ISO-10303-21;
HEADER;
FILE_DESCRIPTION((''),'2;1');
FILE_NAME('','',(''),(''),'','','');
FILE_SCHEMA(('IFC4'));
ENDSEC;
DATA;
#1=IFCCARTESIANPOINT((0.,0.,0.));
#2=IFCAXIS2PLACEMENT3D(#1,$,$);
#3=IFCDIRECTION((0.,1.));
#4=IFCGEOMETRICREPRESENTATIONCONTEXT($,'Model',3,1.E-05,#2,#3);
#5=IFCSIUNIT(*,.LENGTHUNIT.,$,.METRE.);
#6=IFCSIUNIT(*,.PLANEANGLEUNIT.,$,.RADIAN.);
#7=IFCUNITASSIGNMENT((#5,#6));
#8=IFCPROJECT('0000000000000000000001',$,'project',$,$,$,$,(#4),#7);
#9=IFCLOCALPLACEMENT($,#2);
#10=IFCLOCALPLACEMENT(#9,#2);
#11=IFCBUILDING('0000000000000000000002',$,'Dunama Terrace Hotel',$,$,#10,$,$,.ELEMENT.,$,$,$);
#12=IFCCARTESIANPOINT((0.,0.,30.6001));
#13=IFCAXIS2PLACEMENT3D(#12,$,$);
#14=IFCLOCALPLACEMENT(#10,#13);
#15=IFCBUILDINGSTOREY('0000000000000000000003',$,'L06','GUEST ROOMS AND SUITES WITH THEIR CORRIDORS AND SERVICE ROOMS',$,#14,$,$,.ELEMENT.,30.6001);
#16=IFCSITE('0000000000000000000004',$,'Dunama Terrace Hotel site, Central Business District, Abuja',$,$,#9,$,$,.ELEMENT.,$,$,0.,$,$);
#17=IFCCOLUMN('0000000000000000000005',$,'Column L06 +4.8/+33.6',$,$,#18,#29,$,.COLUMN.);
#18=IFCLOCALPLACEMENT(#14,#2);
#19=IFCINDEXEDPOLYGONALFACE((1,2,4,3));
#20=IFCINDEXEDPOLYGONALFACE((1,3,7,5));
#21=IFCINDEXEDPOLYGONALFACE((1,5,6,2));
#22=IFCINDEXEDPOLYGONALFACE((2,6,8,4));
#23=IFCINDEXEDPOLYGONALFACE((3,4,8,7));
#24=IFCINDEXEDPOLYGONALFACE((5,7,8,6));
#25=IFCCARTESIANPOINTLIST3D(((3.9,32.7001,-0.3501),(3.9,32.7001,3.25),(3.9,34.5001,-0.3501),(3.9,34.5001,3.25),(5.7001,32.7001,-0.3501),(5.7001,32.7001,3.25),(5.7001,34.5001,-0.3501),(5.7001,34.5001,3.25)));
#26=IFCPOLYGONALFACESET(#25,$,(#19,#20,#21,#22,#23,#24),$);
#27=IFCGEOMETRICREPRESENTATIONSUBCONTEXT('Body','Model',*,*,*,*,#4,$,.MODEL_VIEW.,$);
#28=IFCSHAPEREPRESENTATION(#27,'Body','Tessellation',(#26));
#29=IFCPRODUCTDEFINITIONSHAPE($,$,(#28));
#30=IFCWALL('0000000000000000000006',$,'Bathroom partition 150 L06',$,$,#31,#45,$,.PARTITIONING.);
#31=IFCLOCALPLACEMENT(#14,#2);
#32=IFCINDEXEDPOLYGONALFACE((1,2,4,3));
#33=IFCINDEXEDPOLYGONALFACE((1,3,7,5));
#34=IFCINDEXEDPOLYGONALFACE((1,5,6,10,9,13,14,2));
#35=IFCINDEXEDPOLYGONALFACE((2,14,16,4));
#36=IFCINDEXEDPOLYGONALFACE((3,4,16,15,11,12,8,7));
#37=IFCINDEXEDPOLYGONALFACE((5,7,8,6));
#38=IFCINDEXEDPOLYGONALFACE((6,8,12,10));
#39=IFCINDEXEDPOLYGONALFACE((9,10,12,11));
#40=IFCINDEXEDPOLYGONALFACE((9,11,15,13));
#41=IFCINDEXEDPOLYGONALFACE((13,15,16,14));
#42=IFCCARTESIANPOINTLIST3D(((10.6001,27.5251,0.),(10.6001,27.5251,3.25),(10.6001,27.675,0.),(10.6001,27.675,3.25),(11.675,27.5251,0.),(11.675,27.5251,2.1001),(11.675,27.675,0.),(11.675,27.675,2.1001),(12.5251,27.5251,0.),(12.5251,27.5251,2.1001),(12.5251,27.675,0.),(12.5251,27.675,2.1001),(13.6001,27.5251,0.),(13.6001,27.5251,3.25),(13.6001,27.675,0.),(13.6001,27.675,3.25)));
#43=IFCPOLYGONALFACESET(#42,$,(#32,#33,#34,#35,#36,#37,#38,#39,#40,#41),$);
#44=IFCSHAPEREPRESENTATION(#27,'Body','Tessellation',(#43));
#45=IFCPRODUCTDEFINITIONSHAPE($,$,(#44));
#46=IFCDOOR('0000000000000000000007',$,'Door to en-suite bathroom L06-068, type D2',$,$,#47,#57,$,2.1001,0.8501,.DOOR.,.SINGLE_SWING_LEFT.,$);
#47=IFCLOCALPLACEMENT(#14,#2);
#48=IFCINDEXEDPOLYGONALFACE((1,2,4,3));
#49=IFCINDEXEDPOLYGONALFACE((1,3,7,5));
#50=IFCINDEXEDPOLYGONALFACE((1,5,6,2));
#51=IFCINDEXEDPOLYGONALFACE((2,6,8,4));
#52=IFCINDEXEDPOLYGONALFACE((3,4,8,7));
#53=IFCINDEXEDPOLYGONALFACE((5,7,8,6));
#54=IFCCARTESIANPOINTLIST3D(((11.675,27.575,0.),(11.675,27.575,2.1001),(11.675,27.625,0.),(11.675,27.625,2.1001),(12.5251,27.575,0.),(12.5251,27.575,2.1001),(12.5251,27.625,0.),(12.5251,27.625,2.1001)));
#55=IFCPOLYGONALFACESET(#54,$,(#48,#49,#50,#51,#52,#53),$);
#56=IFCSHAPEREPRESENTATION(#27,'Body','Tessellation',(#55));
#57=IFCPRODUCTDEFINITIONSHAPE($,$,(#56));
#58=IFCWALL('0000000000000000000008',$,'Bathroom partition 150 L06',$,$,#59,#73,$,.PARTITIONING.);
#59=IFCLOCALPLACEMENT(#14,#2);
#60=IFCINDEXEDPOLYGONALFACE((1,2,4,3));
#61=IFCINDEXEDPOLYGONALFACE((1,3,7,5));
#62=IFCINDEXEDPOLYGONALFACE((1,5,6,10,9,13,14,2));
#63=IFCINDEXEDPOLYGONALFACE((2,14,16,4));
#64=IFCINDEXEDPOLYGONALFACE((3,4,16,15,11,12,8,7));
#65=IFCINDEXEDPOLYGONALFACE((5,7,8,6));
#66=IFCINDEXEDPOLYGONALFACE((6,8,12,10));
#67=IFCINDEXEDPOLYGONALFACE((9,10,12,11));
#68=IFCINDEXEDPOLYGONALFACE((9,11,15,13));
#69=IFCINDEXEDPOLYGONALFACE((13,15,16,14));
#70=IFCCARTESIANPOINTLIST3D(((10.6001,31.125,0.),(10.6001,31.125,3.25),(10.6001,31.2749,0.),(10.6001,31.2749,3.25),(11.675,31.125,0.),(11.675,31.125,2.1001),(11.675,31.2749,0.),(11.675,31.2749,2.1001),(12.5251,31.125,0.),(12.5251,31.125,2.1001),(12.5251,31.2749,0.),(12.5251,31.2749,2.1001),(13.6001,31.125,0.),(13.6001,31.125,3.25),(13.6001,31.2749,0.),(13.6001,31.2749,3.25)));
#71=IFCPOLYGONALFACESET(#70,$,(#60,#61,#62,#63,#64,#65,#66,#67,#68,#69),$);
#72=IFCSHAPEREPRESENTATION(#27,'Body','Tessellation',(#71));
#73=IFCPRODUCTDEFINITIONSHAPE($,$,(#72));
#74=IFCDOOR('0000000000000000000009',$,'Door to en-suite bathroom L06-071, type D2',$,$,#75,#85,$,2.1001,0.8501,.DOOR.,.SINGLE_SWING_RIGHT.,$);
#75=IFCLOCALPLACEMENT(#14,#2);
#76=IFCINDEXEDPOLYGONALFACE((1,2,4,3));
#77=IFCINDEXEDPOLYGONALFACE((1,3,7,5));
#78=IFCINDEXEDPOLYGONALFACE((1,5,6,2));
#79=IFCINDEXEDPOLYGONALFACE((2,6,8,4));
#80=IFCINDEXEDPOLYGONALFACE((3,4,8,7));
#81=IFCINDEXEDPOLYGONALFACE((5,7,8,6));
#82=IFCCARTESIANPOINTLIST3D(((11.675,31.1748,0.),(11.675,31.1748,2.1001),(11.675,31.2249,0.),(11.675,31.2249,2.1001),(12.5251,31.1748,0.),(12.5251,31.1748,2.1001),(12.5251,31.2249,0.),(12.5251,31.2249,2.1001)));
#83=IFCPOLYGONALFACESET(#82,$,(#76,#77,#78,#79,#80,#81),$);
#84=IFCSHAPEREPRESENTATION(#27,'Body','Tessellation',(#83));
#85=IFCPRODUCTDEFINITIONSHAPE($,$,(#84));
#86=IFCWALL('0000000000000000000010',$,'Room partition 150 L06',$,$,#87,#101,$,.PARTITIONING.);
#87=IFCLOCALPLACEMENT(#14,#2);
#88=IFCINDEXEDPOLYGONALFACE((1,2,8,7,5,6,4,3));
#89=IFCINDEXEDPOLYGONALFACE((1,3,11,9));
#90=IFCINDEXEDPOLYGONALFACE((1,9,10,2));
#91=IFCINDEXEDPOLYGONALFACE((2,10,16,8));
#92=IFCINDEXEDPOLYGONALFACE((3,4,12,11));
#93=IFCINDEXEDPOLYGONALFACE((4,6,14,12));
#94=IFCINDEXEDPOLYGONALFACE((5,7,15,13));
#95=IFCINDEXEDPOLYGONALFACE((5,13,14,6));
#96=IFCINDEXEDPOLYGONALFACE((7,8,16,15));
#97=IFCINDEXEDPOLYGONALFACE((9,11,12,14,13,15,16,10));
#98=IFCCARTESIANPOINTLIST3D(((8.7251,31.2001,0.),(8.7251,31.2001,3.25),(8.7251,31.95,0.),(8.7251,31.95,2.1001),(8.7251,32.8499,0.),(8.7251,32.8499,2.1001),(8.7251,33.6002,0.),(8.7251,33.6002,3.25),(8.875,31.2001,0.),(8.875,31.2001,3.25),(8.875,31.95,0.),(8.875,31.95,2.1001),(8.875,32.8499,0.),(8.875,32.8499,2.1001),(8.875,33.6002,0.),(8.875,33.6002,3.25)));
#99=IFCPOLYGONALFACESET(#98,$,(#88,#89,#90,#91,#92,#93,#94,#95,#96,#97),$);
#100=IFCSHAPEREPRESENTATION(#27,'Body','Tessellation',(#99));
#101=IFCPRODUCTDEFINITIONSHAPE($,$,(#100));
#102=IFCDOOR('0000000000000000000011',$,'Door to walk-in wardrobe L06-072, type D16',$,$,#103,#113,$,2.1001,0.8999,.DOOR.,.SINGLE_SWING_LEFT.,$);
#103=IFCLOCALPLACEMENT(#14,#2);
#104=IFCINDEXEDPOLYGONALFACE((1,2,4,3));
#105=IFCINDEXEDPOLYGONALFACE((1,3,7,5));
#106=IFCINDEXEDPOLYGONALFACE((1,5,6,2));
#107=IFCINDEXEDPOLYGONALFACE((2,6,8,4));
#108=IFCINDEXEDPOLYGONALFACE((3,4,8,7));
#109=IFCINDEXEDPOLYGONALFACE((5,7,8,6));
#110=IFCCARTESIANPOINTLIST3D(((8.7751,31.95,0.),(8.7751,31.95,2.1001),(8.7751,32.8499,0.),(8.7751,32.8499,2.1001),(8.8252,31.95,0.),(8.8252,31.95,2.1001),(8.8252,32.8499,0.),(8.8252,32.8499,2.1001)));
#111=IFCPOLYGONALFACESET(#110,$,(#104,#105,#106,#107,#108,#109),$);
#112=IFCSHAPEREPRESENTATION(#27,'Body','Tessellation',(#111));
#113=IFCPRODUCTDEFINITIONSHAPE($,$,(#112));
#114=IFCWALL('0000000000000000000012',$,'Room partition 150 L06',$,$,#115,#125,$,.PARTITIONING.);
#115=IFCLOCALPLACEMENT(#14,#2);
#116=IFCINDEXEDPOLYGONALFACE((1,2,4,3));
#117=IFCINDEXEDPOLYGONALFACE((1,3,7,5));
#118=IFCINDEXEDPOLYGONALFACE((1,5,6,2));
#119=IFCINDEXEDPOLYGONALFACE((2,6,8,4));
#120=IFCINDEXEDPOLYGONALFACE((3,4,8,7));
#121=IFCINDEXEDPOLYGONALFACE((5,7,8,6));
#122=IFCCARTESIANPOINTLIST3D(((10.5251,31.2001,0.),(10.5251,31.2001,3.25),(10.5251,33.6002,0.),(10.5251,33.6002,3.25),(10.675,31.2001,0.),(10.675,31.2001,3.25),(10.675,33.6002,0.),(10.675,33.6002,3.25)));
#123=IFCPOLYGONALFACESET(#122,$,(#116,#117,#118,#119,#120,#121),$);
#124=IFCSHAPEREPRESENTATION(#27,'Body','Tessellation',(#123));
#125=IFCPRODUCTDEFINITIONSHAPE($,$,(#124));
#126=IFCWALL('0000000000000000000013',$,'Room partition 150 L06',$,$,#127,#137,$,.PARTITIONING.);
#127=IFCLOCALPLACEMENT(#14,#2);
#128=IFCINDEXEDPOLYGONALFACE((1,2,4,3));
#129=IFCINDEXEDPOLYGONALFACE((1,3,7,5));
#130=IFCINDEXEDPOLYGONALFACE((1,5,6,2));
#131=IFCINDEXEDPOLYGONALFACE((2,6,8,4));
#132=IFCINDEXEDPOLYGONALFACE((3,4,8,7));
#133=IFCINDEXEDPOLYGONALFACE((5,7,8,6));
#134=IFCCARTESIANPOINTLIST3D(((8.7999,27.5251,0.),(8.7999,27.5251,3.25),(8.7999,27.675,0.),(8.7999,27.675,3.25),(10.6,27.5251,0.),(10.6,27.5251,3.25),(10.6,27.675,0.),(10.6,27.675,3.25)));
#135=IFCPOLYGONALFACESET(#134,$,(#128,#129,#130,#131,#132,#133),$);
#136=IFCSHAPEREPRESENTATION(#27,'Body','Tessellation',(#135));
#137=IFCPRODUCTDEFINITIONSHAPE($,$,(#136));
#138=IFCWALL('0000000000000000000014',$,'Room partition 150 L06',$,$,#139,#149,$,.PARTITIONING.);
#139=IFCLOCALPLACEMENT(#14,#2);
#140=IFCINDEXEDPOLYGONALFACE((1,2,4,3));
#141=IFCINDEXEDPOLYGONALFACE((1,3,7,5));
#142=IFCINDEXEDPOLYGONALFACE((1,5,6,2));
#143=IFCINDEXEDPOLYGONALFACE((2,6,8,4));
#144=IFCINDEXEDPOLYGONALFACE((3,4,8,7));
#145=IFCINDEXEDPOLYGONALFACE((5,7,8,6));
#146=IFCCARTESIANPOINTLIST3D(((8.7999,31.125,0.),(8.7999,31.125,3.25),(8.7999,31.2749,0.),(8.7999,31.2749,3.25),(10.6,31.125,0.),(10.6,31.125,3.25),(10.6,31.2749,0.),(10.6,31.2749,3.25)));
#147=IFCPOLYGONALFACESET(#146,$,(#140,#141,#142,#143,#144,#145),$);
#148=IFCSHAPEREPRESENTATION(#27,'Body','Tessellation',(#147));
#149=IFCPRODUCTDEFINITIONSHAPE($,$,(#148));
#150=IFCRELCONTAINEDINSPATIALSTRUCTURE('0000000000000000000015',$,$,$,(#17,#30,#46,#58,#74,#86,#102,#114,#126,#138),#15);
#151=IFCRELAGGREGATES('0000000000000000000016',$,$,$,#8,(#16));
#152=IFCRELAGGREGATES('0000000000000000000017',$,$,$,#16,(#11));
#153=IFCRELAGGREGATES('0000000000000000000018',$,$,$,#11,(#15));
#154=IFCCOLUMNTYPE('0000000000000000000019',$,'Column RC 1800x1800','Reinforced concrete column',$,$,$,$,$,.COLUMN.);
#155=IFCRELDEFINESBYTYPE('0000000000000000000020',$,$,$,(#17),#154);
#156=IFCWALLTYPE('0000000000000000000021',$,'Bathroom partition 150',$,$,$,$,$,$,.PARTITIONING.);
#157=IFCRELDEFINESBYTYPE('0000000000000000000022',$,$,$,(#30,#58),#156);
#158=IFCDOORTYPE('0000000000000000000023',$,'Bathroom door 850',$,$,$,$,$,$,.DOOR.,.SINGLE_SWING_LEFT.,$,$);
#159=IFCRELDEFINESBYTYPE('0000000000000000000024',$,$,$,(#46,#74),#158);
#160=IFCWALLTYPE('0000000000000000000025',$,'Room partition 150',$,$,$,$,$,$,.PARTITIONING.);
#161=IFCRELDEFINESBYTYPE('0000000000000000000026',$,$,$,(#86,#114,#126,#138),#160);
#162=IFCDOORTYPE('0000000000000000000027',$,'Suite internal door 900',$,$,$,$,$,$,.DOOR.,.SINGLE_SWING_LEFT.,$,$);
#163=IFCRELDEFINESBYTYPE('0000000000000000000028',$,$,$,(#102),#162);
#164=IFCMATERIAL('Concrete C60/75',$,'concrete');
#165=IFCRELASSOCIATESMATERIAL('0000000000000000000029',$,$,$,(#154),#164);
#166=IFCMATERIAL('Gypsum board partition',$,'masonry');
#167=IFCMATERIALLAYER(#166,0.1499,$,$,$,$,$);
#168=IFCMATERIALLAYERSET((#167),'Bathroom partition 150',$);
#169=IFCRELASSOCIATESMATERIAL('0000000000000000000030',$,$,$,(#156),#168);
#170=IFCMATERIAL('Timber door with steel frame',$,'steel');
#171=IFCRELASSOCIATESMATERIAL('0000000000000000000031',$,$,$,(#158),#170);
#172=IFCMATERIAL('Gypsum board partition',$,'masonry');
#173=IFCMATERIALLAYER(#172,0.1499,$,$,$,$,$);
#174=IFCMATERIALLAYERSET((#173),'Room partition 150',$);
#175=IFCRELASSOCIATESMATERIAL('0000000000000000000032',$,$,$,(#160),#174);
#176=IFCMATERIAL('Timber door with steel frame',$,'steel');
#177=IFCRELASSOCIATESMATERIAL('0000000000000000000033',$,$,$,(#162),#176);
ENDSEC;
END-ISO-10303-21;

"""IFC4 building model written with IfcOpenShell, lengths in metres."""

from ifc_helpers import new_model, si_unit, direction, frame, frame_2d, origin, origin_2d, place, context, subcontext, project, spatial, rectangle, extrude, material, layer, layer_set, material_profile, profile_set, type_object, element, fill, save


model = new_model("IFC4")

# Units and contexts
model_context = context("Model", 3, precision=1e-05, world=origin(), true_north=direction((0.0, 1.0)))
body_context = subcontext(model_context, "Body", "Model", "MODEL_VIEW")
ifc_project = project(units=[si_unit("LENGTHUNIT", "METRE"), si_unit("PLANEANGLEUNIT", "RADIAN")], contexts=[model_context])

# Site, building, storey
site_placement = place(None, origin())
site = spatial("IfcSite", under=ifc_project, at=site_placement, Name="Dunama Terrace Hotel site, Central Business District, Abuja", CompositionType="ELEMENT", RefElevation=0.0)
building_placement = place(site_placement, origin())
building = spatial("IfcBuilding", under=site, at=building_placement, Name="Dunama Terrace Hotel", CompositionType="ELEMENT")
storey_placement = place(building_placement, frame((0.0, 0.0, 30.6001)))
storey = spatial("IfcBuildingStorey", under=building, at=storey_placement, Name="L06", Description="GUEST ROOMS AND SUITES WITH THEIR CORRIDORS AND SERVICE ROOMS", CompositionType="ELEMENT", Elevation=30.6001)

# Column
ifc_material_1 = material(Name="Concrete C60/75", Category="concrete")
ifc_material_profile = material_profile(ifc_material_1, rectangle(XDim=1.8, YDim=1.8, at=origin_2d()), Name="RC 1800x1800")
ifc_profile_set = profile_set([ifc_material_profile], Name="Concrete C60/75")
column_type = type_object("IfcColumnType", Name="Column RC 1800x1800", Description="Reinforced concrete column", PredefinedType="COLUMN", material=ifc_profile_set)
column_placement = place(storey_placement, frame((4.8, 33.6001, -0.3501), z_axis=(0.0, 0.0, 1.0), x_axis=(1.0, 0.0, 0.0)))
element("IfcColumn", 1, at=column_placement, inside=storey, type_object=column_type, Name="Column L06 +4.8/+33.6", PredefinedType="COLUMN", context=body_context, shape_type="SweptSolid", body=[
    extrude(rectangle(XDim=1.8, YDim=1.8, at=origin_2d()), origin(), (0.0, 0.0, 1.0), 3.6001),
])

# Walls, openings, doors
ifc_material_2 = material(Name="Gypsum board partition", Category="masonry")
ifc_layer_1 = layer(ifc_material_2, 0.1499)
ifc_layer_set_1 = layer_set([ifc_layer_1], Name="Bathroom partition 150")
wall_type_1 = type_object("IfcWallType", Name="Bathroom partition 150", PredefinedType="PARTITIONING", material=ifc_layer_set_1)
wall_1_placement = place(storey_placement, frame((10.6001, 27.6001, 0.0), z_axis=(0.0, 0.0, 1.0), x_axis=(1.0, 0.0, 0.0)))
wall_1 = element("IfcWall", 2, at=wall_1_placement, inside=storey, type_object=wall_type_1, Name="Bathroom partition 150 L06", PredefinedType="PARTITIONING", context=body_context, shape_type="SweptSolid", body=[
    extrude(rectangle(XDim=3.0, YDim=0.1499, at=frame_2d((1.5, 0.0))), origin(), (0.0, 0.0, 1.0), 3.25),
])
opening_1_placement = place(wall_1_placement, frame((1.075, 0.0, 0.0)))
opening_1 = element("IfcOpeningElement", 3, at=opening_1_placement, cuts=wall_1, PredefinedType="OPENING", context=body_context, shape_type="SweptSolid", body=[
    extrude(rectangle(XDim=0.8501, YDim=2.1001, at=frame_2d((0.425, 1.05))), frame((0.0, 0.085, 0.0), z_axis=(0.0, -1.0, 0.0), x_axis=(1.0, 0.0, 0.0)), (0.0, 0.0, 1.0), 0.1699),
])
ifc_material_3 = material(Name="Timber door with steel frame", Category="steel")
door_type_1 = type_object("IfcDoorType", Name="Bathroom door 850", OperationType="SINGLE_SWING_LEFT", PredefinedType="DOOR", material=ifc_material_3)
door_1_placement = place(opening_1_placement, frame((0.8501, 0.0, 0.0), z_axis=(0.0, 0.0, 1.0), x_axis=(-1.0, 0.0, 0.0)))
door_1 = element("IfcDoor", 4, at=door_1_placement, inside=storey, type_object=door_type_1, Name="Door to en-suite bathroom L06-068, type D2", OperationType="SINGLE_SWING_LEFT", OverallHeight=2.1001, OverallWidth=0.8501, PredefinedType="DOOR", context=body_context, shape_type="SweptSolid", body=[
    extrude(rectangle(XDim=0.8501, YDim=2.1001, at=frame_2d((0.425, 1.05))), frame((0.0, 0.0251, 0.0), z_axis=(0.0, -1.0, 0.0), x_axis=(1.0, 0.0, 0.0)), (0.0, 0.0, 1.0), 0.05),
])
fill(opening_1, door_1)
wall_2_placement = place(storey_placement, frame((10.6001, 31.2, 0.0), z_axis=(0.0, 0.0, 1.0), x_axis=(1.0, 0.0, 0.0)))
wall_2 = element("IfcWall", 5, at=wall_2_placement, inside=storey, type_object=wall_type_1, Name="Bathroom partition 150 L06", PredefinedType="PARTITIONING", context=body_context, shape_type="SweptSolid", body=[
    extrude(rectangle(XDim=3.0, YDim=0.1499, at=frame_2d((1.5, 0.0))), origin(), (0.0, 0.0, 1.0), 3.25),
])
opening_2_placement = place(wall_2_placement, frame((1.075, 0.0, 0.0)))
opening_2 = element("IfcOpeningElement", 6, at=opening_2_placement, cuts=wall_2, PredefinedType="OPENING", context=body_context, shape_type="SweptSolid", body=[
    extrude(rectangle(XDim=0.8501, YDim=2.1001, at=frame_2d((0.425, 1.05))), frame((0.0, 0.085, 0.0), z_axis=(0.0, -1.0, 0.0), x_axis=(1.0, 0.0, 0.0)), (0.0, 0.0, 1.0), 0.1699),
])
door_2_placement = place(opening_2_placement, origin())
door_2 = element("IfcDoor", 7, at=door_2_placement, inside=storey, type_object=door_type_1, Name="Door to en-suite bathroom L06-071, type D2", OperationType="SINGLE_SWING_RIGHT", OverallHeight=2.1001, OverallWidth=0.8501, PredefinedType="DOOR", context=body_context, shape_type="SweptSolid", body=[
    extrude(rectangle(XDim=0.8501, YDim=2.1001, at=frame_2d((0.425, 1.05))), frame((0.0, 0.0249, 0.0), z_axis=(0.0, -1.0, 0.0), x_axis=(1.0, 0.0, 0.0)), (0.0, 0.0, 1.0), 0.05),
])
fill(opening_2, door_2)
ifc_material_4 = material(Name="Gypsum board partition", Category="masonry")
ifc_layer_2 = layer(ifc_material_4, 0.1499)
ifc_layer_set_2 = layer_set([ifc_layer_2], Name="Room partition 150")
wall_type_2 = type_object("IfcWallType", Name="Room partition 150", PredefinedType="PARTITIONING", material=ifc_layer_set_2)
wall_3_placement = place(storey_placement, frame((8.8, 31.2, 0.0), z_axis=(0.0, 0.0, 1.0), x_axis=(0.0, 1.0, 0.0)))
wall_3 = element("IfcWall", 8, at=wall_3_placement, inside=storey, type_object=wall_type_2, Name="Room partition 150 L06", PredefinedType="PARTITIONING", context=body_context, shape_type="SweptSolid", body=[
    extrude(rectangle(XDim=2.4001, YDim=0.1499, at=frame_2d((1.2002, 0.0))), origin(), (0.0, 0.0, 1.0), 3.25),
])
opening_3_placement = place(wall_3_placement, frame((0.75, 0.0, 0.0)))
opening_3 = element("IfcOpeningElement", 9, at=opening_3_placement, cuts=wall_3, PredefinedType="OPENING", context=body_context, shape_type="SweptSolid", body=[
    extrude(rectangle(XDim=0.8999, YDim=2.1001, at=frame_2d((0.45, 1.05))), frame((0.0, 0.085, 0.0), z_axis=(0.0, -1.0, 0.0), x_axis=(1.0, 0.0, 0.0)), (0.0, 0.0, 1.0), 0.1699),
])
ifc_material_5 = material(Name="Timber door with steel frame", Category="steel")
door_type_2 = type_object("IfcDoorType", Name="Suite internal door 900", OperationType="SINGLE_SWING_LEFT", PredefinedType="DOOR", material=ifc_material_5)
door_3_placement = place(opening_3_placement, frame((0.8999, 0.0, 0.0), z_axis=(0.0, 0.0, 1.0), x_axis=(-1.0, 0.0, 0.0)))
door_3 = element("IfcDoor", 10, at=door_3_placement, inside=storey, type_object=door_type_2, Name="Door to walk-in wardrobe L06-072, type D16", OperationType="SINGLE_SWING_LEFT", OverallHeight=2.1001, OverallWidth=0.8999, PredefinedType="DOOR", context=body_context, shape_type="SweptSolid", body=[
    extrude(rectangle(XDim=0.8999, YDim=2.1001, at=frame_2d((0.45, 1.05))), frame((0.0, 0.0251, 0.0), z_axis=(0.0, -1.0, 0.0), x_axis=(1.0, 0.0, 0.0)), (0.0, 0.0, 1.0), 0.05),
])
fill(opening_3, door_3)

# Walls
wall_4_placement = place(storey_placement, frame((10.6001, 31.2, 0.0), z_axis=(0.0, 0.0, 1.0), x_axis=(0.0, 1.0, 0.0)))
element("IfcWall", 11, at=wall_4_placement, inside=storey, type_object=wall_type_2, Name="Room partition 150 L06", PredefinedType="PARTITIONING", context=body_context, shape_type="SweptSolid", body=[
    extrude(rectangle(XDim=2.4001, YDim=0.1499, at=frame_2d((1.2002, 0.0))), origin(), (0.0, 0.0, 1.0), 3.25),
])
for number, where, z_axis, x_axis, name in (
    (12, (8.8, 27.6001, 0.0), (0.0, 0.0, 1.0), (1.0, 0.0, 0.0), "Room partition 150 L06"),
    (13, (8.8, 31.2, 0.0), (0.0, 0.0, 1.0), (1.0, 0.0, 0.0), "Room partition 150 L06"),
):
    element("IfcWall", number, at=place(storey_placement, frame(where, z_axis=z_axis, x_axis=x_axis)), inside=storey, type_object=wall_type_2, Name=name, PredefinedType="PARTITIONING", context=body_context, shape_type="SweptSolid", body=[
        extrude(rectangle(XDim=1.8, YDim=0.1499, at=frame_2d((0.8999, 0.0))), origin(), (0.0, 0.0, 1.0), 3.25),
    ])

save(model, "model.ifc")
